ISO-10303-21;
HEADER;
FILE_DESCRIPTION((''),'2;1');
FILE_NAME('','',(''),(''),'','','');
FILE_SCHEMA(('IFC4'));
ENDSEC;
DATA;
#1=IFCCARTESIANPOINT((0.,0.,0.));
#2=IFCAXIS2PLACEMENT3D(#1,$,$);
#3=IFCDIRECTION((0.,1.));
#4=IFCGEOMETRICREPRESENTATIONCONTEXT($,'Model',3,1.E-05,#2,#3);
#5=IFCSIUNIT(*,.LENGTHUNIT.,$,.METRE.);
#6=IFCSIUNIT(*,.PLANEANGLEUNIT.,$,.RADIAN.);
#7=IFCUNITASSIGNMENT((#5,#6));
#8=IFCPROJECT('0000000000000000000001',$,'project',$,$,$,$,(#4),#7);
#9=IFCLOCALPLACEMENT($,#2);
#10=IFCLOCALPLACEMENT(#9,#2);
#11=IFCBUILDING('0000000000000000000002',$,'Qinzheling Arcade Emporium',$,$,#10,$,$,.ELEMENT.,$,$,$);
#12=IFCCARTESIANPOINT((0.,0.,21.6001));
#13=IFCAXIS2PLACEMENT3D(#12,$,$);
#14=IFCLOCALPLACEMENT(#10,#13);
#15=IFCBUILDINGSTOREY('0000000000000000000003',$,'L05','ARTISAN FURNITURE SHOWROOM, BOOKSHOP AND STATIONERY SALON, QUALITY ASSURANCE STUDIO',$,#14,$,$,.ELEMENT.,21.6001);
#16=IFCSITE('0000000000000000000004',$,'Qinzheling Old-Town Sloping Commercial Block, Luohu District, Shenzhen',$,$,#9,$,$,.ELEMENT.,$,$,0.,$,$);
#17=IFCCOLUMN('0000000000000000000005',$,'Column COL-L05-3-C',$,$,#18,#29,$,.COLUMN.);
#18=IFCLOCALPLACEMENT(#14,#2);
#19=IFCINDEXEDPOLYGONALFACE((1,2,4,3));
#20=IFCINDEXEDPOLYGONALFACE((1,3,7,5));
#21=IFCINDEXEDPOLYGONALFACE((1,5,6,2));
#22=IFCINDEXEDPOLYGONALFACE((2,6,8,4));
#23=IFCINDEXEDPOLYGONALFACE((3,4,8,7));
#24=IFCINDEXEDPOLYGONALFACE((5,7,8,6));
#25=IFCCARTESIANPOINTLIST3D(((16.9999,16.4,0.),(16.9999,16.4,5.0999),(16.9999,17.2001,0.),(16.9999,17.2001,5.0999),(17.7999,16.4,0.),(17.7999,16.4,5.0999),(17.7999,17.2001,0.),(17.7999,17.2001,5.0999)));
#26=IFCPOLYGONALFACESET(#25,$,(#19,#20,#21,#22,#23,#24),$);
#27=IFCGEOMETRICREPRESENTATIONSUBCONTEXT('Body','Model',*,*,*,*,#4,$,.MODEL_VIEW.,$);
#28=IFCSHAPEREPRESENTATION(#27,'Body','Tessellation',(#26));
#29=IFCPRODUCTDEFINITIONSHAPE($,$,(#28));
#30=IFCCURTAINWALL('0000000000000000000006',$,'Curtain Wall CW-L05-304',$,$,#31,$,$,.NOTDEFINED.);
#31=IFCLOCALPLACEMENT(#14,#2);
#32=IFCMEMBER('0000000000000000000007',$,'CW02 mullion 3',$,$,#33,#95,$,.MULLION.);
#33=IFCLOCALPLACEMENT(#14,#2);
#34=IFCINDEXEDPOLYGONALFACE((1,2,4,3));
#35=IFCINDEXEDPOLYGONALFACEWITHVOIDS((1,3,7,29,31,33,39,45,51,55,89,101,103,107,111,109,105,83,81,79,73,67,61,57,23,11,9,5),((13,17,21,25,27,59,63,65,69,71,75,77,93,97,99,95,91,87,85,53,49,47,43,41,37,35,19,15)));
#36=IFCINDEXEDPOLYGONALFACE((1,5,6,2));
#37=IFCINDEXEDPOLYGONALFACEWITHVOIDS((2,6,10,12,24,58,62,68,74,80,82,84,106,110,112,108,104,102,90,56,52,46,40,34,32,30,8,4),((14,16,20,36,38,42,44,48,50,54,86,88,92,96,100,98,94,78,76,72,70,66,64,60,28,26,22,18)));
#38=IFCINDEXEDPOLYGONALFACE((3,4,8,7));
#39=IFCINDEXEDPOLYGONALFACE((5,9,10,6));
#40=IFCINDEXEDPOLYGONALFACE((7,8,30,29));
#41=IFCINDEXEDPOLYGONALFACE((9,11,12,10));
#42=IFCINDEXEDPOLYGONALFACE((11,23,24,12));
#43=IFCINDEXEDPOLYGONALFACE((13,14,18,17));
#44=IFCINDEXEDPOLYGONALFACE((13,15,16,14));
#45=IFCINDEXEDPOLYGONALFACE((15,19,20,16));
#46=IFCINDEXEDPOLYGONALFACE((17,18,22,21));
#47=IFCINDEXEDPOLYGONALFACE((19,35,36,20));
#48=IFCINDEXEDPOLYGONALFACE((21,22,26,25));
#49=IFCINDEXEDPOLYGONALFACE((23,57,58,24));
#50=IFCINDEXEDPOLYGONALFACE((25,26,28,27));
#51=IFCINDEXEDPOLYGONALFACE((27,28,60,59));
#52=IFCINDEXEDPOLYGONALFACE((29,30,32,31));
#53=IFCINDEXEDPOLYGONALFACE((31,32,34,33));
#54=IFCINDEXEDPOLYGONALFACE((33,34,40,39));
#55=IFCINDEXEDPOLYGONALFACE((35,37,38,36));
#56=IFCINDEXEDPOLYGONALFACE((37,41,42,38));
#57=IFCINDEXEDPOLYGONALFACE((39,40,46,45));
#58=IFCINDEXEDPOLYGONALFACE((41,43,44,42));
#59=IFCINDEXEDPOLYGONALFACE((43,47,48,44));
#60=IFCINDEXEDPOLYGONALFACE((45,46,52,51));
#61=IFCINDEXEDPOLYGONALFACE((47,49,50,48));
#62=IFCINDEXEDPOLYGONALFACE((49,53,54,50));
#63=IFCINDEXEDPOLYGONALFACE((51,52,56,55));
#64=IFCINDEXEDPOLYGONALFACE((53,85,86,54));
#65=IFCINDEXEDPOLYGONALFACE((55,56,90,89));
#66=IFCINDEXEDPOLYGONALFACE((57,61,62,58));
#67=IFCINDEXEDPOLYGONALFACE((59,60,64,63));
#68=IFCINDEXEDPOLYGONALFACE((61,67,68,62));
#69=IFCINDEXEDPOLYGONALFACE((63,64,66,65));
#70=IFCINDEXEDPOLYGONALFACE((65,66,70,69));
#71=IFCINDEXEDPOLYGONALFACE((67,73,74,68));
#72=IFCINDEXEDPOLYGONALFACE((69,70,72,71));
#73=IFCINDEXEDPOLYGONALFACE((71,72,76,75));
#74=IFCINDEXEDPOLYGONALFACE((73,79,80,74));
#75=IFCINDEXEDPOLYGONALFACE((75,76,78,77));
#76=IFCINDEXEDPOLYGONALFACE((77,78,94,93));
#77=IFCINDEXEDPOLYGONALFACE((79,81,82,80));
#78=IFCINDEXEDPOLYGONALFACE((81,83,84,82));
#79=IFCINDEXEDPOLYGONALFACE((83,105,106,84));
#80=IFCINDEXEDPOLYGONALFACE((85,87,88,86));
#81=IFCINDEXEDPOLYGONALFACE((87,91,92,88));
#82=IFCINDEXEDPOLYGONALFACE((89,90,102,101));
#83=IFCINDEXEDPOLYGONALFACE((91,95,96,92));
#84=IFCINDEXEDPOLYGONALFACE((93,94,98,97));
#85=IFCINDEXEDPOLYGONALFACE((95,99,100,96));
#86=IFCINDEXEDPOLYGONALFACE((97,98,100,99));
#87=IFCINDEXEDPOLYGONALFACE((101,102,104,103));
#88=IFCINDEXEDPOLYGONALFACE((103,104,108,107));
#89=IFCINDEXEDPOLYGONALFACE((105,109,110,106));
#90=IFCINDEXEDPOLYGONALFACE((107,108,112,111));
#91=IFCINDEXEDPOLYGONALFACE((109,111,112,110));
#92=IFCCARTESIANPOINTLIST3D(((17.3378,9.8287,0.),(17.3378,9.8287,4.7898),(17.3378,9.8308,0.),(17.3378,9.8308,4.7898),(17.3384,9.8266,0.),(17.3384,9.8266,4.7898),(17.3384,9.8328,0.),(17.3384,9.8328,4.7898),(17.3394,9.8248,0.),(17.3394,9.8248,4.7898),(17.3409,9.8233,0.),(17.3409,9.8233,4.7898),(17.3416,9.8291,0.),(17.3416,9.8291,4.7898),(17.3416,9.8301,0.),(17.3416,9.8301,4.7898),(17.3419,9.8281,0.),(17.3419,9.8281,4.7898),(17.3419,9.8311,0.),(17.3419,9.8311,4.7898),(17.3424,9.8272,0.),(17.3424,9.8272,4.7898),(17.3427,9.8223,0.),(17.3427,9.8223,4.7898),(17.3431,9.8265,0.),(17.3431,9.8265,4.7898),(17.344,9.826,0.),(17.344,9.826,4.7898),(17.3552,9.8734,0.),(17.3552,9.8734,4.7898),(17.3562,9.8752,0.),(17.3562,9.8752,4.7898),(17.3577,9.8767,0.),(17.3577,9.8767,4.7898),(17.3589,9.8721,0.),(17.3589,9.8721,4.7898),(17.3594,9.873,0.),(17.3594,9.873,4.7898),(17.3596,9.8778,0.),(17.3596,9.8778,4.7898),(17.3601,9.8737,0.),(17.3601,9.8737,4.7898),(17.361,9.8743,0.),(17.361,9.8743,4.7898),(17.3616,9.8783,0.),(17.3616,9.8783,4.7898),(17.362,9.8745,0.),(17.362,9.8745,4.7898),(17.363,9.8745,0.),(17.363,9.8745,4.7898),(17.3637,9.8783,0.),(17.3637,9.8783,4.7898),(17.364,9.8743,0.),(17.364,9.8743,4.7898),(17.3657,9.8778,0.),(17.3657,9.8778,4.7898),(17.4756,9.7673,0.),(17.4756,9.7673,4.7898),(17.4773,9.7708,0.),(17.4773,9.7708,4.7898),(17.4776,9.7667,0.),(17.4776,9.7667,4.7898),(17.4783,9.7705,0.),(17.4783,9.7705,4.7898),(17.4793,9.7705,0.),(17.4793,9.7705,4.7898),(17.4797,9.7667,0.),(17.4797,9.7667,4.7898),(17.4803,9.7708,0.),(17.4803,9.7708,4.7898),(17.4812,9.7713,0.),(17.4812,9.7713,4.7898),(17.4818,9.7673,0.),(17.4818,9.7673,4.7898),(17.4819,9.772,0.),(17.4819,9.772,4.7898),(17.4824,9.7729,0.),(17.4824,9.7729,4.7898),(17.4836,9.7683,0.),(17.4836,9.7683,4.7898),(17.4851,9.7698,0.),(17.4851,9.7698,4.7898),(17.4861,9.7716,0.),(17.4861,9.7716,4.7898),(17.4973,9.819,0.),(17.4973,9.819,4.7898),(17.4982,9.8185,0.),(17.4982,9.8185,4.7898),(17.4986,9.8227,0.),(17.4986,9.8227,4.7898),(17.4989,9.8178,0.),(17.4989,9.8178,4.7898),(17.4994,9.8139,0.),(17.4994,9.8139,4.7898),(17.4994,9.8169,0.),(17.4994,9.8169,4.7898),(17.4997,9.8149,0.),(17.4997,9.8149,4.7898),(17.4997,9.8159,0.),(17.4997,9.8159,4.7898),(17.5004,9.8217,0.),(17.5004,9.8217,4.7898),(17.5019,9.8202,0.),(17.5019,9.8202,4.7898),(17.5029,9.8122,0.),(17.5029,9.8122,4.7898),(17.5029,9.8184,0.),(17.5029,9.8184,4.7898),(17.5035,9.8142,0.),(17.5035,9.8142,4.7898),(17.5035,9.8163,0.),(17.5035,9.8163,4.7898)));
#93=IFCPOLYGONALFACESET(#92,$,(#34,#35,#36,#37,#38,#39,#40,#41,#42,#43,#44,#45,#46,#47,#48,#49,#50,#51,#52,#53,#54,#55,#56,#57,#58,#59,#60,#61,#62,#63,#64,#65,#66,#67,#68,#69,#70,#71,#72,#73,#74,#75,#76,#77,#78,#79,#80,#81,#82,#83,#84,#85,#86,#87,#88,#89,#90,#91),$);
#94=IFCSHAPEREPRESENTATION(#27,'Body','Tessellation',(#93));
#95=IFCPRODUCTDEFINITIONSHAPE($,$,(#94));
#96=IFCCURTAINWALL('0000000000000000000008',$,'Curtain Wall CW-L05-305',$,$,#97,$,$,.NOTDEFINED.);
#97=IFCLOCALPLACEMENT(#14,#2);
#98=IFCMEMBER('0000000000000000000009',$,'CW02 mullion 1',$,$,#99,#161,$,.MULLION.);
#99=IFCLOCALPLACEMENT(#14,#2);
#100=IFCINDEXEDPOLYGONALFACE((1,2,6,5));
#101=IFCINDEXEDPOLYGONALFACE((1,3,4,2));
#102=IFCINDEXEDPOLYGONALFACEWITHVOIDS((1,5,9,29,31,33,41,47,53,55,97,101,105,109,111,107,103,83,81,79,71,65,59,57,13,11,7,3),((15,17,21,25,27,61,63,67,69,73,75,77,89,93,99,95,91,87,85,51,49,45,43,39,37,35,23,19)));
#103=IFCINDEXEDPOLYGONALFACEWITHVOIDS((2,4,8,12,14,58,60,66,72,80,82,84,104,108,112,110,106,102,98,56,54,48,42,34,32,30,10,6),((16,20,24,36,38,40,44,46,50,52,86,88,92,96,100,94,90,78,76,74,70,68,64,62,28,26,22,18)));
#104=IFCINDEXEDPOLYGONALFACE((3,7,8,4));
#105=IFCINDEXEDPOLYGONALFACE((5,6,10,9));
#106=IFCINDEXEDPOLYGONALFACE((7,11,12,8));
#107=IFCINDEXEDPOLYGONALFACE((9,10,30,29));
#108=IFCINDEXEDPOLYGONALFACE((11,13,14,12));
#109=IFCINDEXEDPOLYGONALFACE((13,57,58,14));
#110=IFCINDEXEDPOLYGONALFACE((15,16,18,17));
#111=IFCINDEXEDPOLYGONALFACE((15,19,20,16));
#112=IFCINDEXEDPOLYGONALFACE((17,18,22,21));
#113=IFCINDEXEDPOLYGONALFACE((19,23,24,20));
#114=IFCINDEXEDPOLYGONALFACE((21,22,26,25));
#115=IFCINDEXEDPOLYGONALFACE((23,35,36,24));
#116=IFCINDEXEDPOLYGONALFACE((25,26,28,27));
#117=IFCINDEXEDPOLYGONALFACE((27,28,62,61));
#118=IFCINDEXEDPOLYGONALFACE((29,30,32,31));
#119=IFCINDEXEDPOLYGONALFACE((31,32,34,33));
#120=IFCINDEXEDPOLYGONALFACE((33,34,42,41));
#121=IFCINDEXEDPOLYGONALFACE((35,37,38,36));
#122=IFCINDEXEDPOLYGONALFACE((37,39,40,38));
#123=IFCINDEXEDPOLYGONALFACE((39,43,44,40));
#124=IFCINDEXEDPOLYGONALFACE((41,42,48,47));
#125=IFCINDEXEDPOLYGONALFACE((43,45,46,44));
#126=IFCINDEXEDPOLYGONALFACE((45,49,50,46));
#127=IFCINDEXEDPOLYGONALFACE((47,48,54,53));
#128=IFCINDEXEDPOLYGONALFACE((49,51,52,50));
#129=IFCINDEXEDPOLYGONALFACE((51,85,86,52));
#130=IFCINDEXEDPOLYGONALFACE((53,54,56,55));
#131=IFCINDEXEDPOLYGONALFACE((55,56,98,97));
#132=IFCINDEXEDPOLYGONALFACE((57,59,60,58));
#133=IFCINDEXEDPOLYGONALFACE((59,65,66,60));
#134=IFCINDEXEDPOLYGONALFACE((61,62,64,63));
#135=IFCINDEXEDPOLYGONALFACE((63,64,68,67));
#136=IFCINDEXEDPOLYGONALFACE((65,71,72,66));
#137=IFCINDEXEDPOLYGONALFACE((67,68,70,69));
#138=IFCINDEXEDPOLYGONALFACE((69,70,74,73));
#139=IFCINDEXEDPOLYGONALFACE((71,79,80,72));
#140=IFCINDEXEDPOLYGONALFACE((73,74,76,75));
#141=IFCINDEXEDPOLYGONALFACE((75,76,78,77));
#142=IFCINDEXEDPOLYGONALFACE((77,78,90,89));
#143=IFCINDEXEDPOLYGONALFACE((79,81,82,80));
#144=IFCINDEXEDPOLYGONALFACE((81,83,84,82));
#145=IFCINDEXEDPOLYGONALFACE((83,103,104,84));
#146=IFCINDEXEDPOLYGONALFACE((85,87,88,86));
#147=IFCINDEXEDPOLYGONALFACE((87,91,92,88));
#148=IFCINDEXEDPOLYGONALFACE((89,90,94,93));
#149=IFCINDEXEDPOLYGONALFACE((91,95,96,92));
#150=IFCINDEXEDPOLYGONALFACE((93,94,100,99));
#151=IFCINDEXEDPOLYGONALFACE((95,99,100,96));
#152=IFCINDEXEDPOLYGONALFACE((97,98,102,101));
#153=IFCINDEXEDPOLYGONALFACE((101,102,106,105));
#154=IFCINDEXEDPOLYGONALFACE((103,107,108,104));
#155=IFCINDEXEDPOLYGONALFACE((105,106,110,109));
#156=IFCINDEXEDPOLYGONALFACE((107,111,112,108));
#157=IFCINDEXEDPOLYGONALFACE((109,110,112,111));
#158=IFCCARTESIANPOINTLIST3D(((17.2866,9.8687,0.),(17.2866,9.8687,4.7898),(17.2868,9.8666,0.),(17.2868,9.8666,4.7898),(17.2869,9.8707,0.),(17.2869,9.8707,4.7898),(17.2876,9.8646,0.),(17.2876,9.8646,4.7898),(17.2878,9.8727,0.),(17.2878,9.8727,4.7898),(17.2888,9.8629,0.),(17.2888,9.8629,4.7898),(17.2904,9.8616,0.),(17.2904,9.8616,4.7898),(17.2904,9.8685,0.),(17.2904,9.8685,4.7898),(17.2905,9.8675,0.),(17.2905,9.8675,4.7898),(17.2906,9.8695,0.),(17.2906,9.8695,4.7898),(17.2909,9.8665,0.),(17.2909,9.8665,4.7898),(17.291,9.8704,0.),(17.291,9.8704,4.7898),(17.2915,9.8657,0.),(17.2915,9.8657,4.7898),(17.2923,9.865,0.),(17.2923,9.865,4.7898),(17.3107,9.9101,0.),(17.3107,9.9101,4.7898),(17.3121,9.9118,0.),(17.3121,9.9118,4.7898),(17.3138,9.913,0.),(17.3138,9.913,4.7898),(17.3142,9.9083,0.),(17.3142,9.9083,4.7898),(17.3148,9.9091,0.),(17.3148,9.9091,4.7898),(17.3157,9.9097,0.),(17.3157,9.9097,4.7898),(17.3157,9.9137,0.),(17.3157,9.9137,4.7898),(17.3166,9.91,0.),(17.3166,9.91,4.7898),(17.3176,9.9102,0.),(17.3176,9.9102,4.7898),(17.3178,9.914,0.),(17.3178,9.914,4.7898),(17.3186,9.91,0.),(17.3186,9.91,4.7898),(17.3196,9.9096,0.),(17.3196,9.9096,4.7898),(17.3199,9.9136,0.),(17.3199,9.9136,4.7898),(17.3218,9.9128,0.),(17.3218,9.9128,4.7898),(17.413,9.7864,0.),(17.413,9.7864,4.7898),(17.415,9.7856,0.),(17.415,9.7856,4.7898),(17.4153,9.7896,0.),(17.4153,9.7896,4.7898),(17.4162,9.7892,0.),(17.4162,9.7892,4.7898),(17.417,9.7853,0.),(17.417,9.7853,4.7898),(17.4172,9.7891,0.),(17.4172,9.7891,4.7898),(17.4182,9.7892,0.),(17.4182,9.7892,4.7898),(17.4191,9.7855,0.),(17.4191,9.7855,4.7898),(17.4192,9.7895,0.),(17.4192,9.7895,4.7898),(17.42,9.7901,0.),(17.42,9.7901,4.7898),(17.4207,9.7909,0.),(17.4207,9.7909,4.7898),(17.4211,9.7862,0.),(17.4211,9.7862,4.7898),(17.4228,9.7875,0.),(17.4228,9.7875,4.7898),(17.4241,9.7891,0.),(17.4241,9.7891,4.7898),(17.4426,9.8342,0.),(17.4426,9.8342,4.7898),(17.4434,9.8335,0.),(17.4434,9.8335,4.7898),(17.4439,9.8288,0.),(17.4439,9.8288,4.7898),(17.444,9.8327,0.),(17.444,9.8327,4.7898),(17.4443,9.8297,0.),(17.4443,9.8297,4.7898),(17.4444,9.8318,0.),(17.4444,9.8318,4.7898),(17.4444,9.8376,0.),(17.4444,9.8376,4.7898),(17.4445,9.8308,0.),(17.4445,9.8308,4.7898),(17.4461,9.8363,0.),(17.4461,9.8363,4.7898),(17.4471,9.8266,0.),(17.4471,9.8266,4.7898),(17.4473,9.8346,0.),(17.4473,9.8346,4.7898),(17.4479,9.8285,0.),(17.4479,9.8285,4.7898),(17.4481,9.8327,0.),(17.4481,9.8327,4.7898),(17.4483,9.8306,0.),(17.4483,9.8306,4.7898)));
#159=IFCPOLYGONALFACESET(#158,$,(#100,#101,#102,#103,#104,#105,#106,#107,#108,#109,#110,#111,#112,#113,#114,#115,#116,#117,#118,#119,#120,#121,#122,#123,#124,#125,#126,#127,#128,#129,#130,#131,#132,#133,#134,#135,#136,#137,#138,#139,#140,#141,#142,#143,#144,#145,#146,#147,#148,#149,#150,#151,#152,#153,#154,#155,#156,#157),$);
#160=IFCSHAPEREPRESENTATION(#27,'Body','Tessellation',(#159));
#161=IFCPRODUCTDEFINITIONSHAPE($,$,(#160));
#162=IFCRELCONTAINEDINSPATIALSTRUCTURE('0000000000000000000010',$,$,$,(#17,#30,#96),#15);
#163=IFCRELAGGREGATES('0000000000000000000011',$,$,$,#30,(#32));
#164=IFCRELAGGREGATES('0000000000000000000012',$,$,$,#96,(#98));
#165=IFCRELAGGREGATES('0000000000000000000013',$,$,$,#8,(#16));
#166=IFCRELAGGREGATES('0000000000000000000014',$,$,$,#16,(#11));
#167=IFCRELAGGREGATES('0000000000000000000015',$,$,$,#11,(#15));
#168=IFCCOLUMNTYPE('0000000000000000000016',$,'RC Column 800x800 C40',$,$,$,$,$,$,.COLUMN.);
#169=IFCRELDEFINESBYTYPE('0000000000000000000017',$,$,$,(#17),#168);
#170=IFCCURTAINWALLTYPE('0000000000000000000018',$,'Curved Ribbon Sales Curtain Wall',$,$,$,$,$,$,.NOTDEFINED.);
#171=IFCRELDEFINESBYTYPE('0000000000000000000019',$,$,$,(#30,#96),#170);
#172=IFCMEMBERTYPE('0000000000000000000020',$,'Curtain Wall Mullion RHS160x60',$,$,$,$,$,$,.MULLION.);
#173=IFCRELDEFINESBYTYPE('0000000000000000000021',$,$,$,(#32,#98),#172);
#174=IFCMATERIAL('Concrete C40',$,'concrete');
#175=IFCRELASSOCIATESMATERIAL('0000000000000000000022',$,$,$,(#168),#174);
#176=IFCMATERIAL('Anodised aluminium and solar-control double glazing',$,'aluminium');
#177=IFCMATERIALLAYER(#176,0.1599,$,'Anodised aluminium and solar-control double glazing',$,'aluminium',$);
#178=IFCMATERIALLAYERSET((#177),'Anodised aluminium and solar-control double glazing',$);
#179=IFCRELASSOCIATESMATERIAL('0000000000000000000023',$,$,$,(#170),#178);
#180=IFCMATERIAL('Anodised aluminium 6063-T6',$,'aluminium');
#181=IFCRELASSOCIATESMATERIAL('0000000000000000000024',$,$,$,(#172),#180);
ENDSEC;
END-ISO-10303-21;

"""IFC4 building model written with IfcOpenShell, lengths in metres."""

from ifc_helpers import new_model, si_unit, direction, frame, origin, origin_2d, place, context, subcontext, project, spatial, rectangle, hollow_rectangle, extrude, material, layer, layer_set, material_profile, profile_set, type_object, element, aggregate, save


model = new_model("IFC4")

# Units and contexts
model_context = context("Model", 3, precision=1e-05, world=origin(), true_north=direction((0.0, 1.0)))
body_context = subcontext(model_context, "Body", "Model", "MODEL_VIEW")
ifc_project = project(units=[si_unit("LENGTHUNIT", "METRE"), si_unit("PLANEANGLEUNIT", "RADIAN")], contexts=[model_context])

# Site, building, storey
site_placement = place(None, origin())
site = spatial("IfcSite", under=ifc_project, at=site_placement, Name="Qinzheling Old-Town Sloping Commercial Block, Luohu District, Shenzhen", CompositionType="ELEMENT", RefElevation=0.0)
building_placement = place(site_placement, origin())
building = spatial("IfcBuilding", under=site, at=building_placement, Name="Qinzheling Arcade Emporium", CompositionType="ELEMENT")
storey_placement = place(building_placement, frame((0.0, 0.0, 21.6001)))
storey = spatial("IfcBuildingStorey", under=building, at=storey_placement, Name="L05", Description="ARTISAN FURNITURE SHOWROOM, BOOKSHOP AND STATIONERY SALON, QUALITY ASSURANCE STUDIO", CompositionType="ELEMENT", Elevation=21.6001)

# Column
ifc_material_1 = material(Name="Concrete C40", Category="concrete")
ifc_material_profile_1 = material_profile(ifc_material_1, rectangle(XDim=0.8, YDim=0.8, at=origin_2d()), Name="RC 800x800", Category="concrete")
ifc_profile_set_1 = profile_set([ifc_material_profile_1], Name="Concrete C40")
column_type = type_object("IfcColumnType", Name="RC Column 800x800 C40", PredefinedType="COLUMN", material=ifc_profile_set_1)
column_placement = place(storey_placement, frame((17.3999, 16.8, 0.0), z_axis=(0.0, 0.0, 1.0), x_axis=(1.0, 0.0, 0.0)))
element("IfcColumn", 1, at=column_placement, inside=storey, type_object=column_type, Name="Column COL-L05-3-C", PredefinedType="COLUMN", context=body_context, shape_type="SweptSolid", body=[
    extrude(rectangle(XDim=0.8, YDim=0.8, at=origin_2d()), origin(), (0.0, 0.0, 1.0), 5.0999),
])

# Curtain wall, member
ifc_material_2 = material(Name="Anodised aluminium and solar-control double glazing", Category="aluminium")
ifc_layer_1 = layer(ifc_material_2, 0.1599, Name="Anodised aluminium and solar-control double glazing", Category="aluminium")
ifc_layer_set_1 = layer_set([ifc_layer_1], Name="Anodised aluminium and solar-control double glazing")
curtain_wall_type = type_object("IfcCurtainWallType", Name="Curved Ribbon Sales Curtain Wall", PredefinedType="NOTDEFINED", material=ifc_layer_set_1)
curtain_wall_1_placement = place(storey_placement, origin())
curtain_wall_1 = element("IfcCurtainWall", 2, at=curtain_wall_1_placement, inside=storey, type_object=curtain_wall_type, Name="Curtain Wall CW-L05-304", PredefinedType="NOTDEFINED")
ifc_material_3 = material(Name="Anodised aluminium 6063-T6", Category="aluminium")
ifc_material_profile_2 = material_profile(ifc_material_3, hollow_rectangle(XDim=0.0601, YDim=0.1599, WallThickness=0.0039, InnerFilletRadius=0.0039, OuterFilletRadius=0.0081, at=origin_2d()), Name="RHS 160x60x4", Category="aluminium")
ifc_profile_set_2 = profile_set([ifc_material_profile_2], Name="Anodised aluminium 6063-T6")
member_type_1 = type_object("IfcMemberType", Name="Curtain Wall Mullion RHS160x60", PredefinedType="MULLION", material=ifc_profile_set_2)
member_1_placement = place(storey_placement, frame((17.4207, 9.8225, 0.0), z_axis=(0.0, 0.0, 1.0), x_axis=(-0.382672, -0.923884, 0.0)))
member_1 = element("IfcMember", 3, at=member_1_placement, type_object=member_type_1, Name="CW02 mullion 3", PredefinedType="MULLION", context=body_context, shape_type="SweptSolid", body=[
    extrude(hollow_rectangle(XDim=0.0601, YDim=0.1599, WallThickness=0.0039, InnerFilletRadius=0.0039, OuterFilletRadius=0.0081, at=origin_2d()), origin(), (0.0, 0.0, 1.0), 4.7898),
])
aggregate(curtain_wall_1, [member_1])

# Curtain wall, member
curtain_wall_2_placement = place(storey_placement, origin())
curtain_wall_2 = element("IfcCurtainWall", 4, at=curtain_wall_2_placement, inside=storey, type_object=curtain_wall_type, Name="Curtain Wall CW-L05-305", PredefinedType="NOTDEFINED")
member_2_placement = place(storey_placement, frame((17.3674, 9.8496, 0.0), z_axis=(0.0, 0.0, 1.0), x_axis=(-0.522518, -0.852628, 0.0)))
member_2 = element("IfcMember", 5, at=member_2_placement, type_object=member_type_1, Name="CW02 mullion 1", PredefinedType="MULLION", context=body_context, shape_type="SweptSolid", body=[
    extrude(hollow_rectangle(XDim=0.0601, YDim=0.1599, WallThickness=0.0039, InnerFilletRadius=0.0039, OuterFilletRadius=0.0081, at=origin_2d()), origin(), (0.0, 0.0, 1.0), 4.7898),
])

aggregate(curtain_wall_2, [member_2])

save(model, "model.ifc")
